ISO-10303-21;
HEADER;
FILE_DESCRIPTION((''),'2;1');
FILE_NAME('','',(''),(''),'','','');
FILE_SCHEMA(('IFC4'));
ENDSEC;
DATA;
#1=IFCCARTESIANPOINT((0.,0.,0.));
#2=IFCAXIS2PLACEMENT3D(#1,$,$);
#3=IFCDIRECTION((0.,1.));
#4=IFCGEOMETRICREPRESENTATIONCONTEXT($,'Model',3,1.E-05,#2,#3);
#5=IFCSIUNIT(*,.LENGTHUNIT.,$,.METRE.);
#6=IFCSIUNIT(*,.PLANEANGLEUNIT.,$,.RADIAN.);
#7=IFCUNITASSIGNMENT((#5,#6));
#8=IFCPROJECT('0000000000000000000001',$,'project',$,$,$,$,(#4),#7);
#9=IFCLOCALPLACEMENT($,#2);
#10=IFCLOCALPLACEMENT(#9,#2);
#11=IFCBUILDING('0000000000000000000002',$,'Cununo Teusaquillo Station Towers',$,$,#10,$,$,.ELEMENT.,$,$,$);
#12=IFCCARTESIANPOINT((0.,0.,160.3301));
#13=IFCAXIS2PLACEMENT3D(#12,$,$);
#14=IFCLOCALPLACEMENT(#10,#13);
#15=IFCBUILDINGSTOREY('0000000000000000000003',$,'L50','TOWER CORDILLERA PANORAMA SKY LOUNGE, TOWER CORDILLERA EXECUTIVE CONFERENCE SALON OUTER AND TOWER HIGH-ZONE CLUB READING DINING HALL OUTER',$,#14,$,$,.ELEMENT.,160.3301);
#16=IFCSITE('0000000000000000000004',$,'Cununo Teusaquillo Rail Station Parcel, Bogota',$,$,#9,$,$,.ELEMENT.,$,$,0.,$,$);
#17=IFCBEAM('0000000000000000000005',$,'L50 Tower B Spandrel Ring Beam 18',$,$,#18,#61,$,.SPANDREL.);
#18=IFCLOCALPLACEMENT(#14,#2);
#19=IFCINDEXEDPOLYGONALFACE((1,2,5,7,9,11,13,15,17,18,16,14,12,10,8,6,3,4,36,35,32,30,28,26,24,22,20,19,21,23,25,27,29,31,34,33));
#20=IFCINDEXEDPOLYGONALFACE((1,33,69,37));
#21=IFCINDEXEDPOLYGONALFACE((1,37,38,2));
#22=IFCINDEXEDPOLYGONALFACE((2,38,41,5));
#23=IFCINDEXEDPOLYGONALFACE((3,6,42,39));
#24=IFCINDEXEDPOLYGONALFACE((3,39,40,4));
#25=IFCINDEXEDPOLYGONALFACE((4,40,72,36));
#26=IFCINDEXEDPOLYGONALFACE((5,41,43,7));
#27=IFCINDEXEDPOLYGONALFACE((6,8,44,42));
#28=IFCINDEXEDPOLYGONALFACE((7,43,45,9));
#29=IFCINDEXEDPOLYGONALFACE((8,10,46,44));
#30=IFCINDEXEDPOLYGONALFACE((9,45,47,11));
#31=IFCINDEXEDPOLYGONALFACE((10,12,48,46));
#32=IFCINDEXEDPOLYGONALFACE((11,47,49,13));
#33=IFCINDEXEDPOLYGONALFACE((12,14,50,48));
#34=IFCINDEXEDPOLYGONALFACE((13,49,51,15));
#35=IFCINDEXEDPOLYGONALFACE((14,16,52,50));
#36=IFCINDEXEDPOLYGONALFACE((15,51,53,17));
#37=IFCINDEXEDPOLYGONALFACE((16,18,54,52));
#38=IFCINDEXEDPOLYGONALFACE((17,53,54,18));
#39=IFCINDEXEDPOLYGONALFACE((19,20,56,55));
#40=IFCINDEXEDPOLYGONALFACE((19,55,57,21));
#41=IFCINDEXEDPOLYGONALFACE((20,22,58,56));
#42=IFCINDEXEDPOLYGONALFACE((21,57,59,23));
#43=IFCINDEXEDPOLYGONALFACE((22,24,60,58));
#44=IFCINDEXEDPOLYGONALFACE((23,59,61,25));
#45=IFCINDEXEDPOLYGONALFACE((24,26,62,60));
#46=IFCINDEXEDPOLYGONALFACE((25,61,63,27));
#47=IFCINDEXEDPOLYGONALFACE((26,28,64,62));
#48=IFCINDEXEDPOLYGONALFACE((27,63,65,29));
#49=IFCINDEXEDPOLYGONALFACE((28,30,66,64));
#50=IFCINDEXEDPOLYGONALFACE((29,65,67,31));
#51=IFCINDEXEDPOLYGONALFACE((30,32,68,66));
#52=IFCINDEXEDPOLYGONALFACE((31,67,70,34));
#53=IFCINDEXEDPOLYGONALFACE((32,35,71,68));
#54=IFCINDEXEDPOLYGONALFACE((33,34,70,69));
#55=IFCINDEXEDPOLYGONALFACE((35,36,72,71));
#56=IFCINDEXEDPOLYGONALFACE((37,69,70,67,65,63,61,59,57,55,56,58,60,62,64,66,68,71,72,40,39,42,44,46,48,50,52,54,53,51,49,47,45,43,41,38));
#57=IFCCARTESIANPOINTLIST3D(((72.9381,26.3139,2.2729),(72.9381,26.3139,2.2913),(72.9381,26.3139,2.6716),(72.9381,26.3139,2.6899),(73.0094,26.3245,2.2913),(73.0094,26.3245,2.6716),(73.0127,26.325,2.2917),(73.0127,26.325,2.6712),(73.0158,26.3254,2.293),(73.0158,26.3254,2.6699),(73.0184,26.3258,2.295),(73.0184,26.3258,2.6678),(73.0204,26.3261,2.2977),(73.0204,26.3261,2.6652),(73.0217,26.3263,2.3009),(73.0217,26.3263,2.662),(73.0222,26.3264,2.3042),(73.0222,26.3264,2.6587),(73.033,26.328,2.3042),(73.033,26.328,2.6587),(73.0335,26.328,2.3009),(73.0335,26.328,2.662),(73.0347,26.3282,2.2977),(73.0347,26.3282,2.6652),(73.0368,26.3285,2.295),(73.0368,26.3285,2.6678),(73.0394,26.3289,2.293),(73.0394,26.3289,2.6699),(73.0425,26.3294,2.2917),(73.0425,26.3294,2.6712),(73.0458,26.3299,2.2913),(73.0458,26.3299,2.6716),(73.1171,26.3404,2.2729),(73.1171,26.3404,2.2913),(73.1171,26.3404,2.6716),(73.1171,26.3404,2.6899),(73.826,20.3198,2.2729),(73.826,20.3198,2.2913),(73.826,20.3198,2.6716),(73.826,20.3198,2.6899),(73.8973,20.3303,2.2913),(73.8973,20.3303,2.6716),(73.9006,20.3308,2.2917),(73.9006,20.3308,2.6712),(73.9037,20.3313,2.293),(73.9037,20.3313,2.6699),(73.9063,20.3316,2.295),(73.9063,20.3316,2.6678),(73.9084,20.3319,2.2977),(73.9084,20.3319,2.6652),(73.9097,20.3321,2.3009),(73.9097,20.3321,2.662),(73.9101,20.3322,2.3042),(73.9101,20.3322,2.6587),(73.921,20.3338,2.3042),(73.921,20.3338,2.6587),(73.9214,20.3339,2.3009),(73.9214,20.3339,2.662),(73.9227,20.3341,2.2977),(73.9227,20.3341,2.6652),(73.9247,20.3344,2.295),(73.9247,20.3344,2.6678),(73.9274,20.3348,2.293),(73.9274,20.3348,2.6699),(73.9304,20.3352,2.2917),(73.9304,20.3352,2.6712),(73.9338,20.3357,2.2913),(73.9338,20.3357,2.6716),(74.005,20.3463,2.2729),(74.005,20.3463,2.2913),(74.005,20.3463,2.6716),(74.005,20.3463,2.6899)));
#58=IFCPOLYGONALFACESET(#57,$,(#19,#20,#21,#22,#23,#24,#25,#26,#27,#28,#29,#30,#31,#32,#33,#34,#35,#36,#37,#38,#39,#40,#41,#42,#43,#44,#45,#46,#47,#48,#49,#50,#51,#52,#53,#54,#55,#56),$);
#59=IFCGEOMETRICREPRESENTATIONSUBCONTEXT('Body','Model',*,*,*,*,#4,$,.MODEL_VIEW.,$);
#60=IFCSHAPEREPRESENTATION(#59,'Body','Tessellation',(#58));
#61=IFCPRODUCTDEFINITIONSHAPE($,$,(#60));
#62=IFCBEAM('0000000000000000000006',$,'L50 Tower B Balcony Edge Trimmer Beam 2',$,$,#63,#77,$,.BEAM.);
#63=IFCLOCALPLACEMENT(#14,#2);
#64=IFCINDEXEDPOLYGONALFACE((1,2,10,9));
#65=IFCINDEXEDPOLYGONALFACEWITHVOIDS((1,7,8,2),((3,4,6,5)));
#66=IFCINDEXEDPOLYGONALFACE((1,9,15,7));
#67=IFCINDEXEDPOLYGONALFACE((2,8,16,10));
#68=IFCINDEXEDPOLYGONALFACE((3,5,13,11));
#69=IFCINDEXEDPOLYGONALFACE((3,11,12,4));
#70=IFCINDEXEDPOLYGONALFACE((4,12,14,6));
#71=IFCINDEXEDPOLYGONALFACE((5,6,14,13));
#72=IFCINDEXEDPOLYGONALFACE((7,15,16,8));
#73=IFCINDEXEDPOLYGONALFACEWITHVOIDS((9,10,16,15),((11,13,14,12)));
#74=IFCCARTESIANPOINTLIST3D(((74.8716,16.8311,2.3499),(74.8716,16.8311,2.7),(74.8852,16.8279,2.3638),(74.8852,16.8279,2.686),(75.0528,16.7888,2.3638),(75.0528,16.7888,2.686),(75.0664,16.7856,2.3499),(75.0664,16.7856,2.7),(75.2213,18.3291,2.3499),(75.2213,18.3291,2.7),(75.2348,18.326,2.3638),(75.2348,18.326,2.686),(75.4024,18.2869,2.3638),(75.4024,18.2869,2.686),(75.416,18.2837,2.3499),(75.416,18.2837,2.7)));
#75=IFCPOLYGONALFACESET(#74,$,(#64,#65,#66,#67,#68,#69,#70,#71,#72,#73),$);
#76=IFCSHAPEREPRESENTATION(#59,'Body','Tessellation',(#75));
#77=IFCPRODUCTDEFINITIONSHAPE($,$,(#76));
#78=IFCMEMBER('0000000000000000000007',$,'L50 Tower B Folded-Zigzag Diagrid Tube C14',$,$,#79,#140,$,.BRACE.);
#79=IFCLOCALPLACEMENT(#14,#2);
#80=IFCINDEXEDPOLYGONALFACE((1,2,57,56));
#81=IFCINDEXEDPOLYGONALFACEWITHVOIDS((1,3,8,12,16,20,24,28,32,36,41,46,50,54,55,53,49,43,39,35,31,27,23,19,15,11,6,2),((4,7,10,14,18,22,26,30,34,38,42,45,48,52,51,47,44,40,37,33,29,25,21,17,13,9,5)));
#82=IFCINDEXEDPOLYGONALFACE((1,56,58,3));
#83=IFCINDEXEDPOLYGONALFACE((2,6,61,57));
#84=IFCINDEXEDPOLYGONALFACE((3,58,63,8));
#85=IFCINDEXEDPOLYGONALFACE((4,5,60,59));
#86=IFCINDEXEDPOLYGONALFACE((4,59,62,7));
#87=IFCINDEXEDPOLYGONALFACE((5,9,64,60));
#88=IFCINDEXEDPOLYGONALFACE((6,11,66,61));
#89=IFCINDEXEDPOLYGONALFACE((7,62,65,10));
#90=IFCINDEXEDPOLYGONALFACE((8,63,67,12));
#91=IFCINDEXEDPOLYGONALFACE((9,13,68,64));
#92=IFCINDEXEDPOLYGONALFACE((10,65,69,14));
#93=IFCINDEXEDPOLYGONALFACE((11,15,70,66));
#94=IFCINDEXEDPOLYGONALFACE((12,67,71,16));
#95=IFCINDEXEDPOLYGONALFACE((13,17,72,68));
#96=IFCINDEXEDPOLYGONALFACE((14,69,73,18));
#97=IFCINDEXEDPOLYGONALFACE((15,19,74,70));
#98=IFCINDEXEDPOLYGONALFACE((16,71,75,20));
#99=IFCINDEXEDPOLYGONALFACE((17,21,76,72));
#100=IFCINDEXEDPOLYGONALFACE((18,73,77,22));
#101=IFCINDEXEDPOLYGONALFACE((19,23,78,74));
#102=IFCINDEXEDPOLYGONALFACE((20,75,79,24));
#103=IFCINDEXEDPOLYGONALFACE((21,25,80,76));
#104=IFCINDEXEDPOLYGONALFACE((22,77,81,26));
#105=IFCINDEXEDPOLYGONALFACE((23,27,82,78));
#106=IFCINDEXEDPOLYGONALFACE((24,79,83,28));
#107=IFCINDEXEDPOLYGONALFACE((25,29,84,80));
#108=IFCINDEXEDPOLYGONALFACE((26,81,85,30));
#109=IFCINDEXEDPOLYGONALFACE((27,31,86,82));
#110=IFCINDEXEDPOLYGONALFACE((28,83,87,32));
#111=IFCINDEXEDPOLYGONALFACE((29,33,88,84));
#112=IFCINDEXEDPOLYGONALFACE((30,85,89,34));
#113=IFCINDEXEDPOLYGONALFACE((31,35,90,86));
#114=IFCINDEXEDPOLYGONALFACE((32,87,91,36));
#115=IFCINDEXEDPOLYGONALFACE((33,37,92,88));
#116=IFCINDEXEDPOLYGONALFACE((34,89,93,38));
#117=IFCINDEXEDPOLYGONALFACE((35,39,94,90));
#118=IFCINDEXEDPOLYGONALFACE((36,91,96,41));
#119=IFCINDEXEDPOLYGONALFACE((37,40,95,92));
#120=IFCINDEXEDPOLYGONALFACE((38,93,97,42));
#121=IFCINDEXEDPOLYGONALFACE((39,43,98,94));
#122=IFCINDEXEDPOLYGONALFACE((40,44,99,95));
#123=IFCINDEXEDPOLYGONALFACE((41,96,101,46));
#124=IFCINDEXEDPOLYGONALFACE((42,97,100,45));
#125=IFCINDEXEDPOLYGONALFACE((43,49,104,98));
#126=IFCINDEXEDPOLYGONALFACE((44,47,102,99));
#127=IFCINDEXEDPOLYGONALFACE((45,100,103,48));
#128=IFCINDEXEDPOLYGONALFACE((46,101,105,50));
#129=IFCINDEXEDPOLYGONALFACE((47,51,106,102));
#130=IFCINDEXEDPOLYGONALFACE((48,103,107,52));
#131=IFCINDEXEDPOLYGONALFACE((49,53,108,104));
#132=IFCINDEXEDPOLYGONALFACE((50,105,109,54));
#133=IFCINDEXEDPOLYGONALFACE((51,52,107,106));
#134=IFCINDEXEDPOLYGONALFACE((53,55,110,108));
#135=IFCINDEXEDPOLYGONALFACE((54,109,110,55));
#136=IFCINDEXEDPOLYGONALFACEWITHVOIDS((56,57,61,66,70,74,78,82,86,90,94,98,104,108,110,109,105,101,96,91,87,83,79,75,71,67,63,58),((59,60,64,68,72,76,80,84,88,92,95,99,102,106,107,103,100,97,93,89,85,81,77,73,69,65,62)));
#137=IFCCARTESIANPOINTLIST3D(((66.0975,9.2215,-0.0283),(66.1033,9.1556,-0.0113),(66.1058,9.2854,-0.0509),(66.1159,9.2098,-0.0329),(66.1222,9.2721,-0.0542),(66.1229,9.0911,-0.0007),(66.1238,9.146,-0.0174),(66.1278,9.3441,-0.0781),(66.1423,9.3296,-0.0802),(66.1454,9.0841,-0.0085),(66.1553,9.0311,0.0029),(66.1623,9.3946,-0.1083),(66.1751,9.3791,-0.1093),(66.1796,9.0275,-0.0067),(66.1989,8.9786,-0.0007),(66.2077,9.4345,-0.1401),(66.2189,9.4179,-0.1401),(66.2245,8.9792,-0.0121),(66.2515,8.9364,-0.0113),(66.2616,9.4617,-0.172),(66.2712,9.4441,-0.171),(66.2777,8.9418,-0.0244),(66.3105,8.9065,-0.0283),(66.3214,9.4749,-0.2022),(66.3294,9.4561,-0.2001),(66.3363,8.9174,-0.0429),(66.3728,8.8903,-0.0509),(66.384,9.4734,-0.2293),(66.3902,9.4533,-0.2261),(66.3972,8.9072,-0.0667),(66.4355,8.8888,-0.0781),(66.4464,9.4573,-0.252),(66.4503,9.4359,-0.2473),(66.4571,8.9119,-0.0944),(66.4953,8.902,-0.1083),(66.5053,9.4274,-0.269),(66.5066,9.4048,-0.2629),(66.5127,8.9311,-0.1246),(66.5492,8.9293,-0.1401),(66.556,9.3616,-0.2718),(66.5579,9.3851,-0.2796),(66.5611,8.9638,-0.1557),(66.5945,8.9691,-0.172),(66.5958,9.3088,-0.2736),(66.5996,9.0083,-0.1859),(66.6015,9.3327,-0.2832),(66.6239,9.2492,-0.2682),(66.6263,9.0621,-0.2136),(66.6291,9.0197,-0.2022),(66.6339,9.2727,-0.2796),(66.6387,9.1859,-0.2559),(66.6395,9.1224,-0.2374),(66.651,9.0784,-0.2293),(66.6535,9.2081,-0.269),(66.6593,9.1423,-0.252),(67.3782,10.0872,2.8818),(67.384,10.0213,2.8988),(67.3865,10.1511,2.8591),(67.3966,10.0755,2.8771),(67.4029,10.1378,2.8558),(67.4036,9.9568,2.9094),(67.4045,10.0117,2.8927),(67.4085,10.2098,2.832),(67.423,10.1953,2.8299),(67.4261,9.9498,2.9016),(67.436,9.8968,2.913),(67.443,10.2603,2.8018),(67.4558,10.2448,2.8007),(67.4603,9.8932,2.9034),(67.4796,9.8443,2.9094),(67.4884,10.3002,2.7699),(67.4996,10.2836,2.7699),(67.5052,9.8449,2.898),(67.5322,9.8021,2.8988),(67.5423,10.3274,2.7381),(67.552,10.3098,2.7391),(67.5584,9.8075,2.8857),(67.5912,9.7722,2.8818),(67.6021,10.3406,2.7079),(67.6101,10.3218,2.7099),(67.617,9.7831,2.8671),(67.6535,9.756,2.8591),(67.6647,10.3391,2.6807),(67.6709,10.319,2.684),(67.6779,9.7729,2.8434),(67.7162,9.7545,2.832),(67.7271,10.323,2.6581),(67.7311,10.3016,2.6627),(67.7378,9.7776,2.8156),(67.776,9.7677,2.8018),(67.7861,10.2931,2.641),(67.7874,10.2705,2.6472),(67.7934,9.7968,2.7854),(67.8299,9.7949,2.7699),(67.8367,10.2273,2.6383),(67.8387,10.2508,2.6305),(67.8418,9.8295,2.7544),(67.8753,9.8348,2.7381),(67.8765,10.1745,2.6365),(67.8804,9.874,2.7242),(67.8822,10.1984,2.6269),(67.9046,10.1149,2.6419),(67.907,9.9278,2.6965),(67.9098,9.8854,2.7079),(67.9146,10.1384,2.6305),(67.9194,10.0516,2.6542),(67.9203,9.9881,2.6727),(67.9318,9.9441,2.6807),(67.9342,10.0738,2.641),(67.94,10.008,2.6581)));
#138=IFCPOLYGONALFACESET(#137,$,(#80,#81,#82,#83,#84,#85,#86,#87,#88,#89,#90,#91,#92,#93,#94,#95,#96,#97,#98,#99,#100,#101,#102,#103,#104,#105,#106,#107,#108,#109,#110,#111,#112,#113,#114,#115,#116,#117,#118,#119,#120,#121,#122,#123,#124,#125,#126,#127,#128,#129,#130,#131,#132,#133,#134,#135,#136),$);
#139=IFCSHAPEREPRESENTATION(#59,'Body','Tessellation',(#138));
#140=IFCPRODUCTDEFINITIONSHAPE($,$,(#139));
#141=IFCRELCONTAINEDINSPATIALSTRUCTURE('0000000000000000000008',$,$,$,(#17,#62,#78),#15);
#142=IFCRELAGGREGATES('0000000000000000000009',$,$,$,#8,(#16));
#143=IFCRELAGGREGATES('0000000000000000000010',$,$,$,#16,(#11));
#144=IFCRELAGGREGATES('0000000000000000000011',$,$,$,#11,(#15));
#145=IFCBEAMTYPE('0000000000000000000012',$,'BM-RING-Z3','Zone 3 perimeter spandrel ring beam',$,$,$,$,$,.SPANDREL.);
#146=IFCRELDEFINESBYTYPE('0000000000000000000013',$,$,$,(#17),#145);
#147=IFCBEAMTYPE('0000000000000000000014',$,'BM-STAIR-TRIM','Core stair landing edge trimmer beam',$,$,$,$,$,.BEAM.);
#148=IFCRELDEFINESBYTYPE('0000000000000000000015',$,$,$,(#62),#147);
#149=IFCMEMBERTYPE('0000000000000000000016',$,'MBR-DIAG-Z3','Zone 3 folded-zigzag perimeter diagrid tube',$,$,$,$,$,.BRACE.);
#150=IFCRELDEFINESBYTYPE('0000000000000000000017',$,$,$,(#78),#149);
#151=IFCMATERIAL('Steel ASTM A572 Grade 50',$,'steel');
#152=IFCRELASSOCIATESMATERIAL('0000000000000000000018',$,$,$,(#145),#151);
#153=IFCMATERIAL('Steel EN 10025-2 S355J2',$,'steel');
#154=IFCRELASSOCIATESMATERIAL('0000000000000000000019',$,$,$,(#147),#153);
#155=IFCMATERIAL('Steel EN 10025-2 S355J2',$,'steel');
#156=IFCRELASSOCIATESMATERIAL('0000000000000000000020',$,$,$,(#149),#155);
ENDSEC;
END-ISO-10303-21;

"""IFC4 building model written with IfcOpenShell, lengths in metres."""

from ifc_helpers import new_model, si_unit, direction, frame, origin, origin_2d, place, context, subcontext, project, spatial, hollow_rectangle, hollow_circle, i_section, extrude, material, material_profile, profile_set, type_object, element, save


model = new_model("IFC4")

# Units and contexts
model_context = context("Model", 3, precision=1e-05, world=origin(), true_north=direction((0.0, 1.0)))
body_context = subcontext(model_context, "Body", "Model", "MODEL_VIEW")
ifc_project = project(units=[si_unit("LENGTHUNIT", "METRE"), si_unit("PLANEANGLEUNIT", "RADIAN")], contexts=[model_context])

# Site, building, storey
site_placement = place(None, origin())
site = spatial("IfcSite", under=ifc_project, at=site_placement, Name="Cununo Teusaquillo Rail Station Parcel, Bogota", CompositionType="ELEMENT", RefElevation=0.0)
building_placement = place(site_placement, origin())
building = spatial("IfcBuilding", under=site, at=building_placement, Name="Cununo Teusaquillo Station Towers", CompositionType="ELEMENT")
storey_placement = place(building_placement, frame((0.0, 0.0, 160.3301)))
storey = spatial("IfcBuildingStorey", under=building, at=storey_placement, Name="L50", Description="TOWER CORDILLERA PANORAMA SKY LOUNGE, TOWER CORDILLERA EXECUTIVE CONFERENCE SALON OUTER AND TOWER HIGH-ZONE CLUB READING DINING HALL OUTER", CompositionType="ELEMENT", Elevation=160.3301)

# Beams
ifc_material_1 = material(Name="Steel ASTM A572 Grade 50", Category="steel")
ifc_material_profile_1 = material_profile(ifc_material_1, i_section(OverallWidth=0.1809, OverallDepth=0.417, WebThickness=0.011, FlangeThickness=0.0183, FilletRadius=0.0129, at=origin_2d()), Name="W16X57")
ifc_profile_set_1 = profile_set([ifc_material_profile_1], Name="Steel ASTM A572 Grade 50")
beam_type_1 = type_object("IfcBeamType", Name="BM-RING-Z3", Description="Zone 3 perimeter spandrel ring beam", PredefinedType="SPANDREL", material=ifc_profile_set_1)
beam_1_placement = place(storey_placement, frame((73.9155, 20.333, 2.4814), z_axis=(-0.146536, 0.989205, 0.0), x_axis=(-0.989205, -0.146536, 0.0)))
element("IfcBeam", 1, at=beam_1_placement, inside=storey, type_object=beam_type_1, Name="L50 Tower B Spandrel Ring Beam 18", PredefinedType="SPANDREL", context=body_context, shape_type="SweptSolid", body=[
    extrude(i_section(OverallWidth=0.1809, OverallDepth=0.417, WebThickness=0.011, FlangeThickness=0.0183, FilletRadius=0.0129, at=origin_2d()), origin(), (0.0, 0.0, 1.0), 6.0596),
])
ifc_material_2 = material(Name="Steel EN 10025-2 S355J2", Category="steel")
ifc_material_profile_2 = material_profile(ifc_material_2, hollow_rectangle(XDim=0.2, YDim=0.3501, WallThickness=0.0139, at=origin_2d()), Name="RHS 350x200x14")
ifc_profile_set_2 = profile_set([ifc_material_profile_2], Name="Steel EN 10025-2 S355J2")
beam_type_2 = type_object("IfcBeamType", Name="BM-STAIR-TRIM", Description="Core stair landing edge trimmer beam", PredefinedType="BEAM", material=ifc_profile_set_2)
beam_2_placement = place(storey_placement, frame((74.969, 16.8083, 2.5249), z_axis=(0.22727, 0.973832, 0.0), x_axis=(-0.973832, 0.22727, 0.0)))
element("IfcBeam", 2, at=beam_2_placement, inside=storey, type_object=beam_type_2, Name="L50 Tower B Balcony Edge Trimmer Beam 2", PredefinedType="BEAM", context=body_context, shape_type="SweptSolid", body=[
    extrude(hollow_rectangle(XDim=0.2, YDim=0.3501, WallThickness=0.0139, at=origin_2d()), origin(), (0.0, 0.0, 1.0), 1.5383),
])

# Member
ifc_material_3 = material(Name="Steel EN 10025-2 S355J2", Category="steel")
ifc_material_profile_3 = material_profile(ifc_material_3, hollow_circle(Radius=0.3049, WallThickness=0.02, at=origin_2d()), Name="CHS 610x20")
ifc_profile_set_3 = profile_set([ifc_material_profile_3], Name="Steel EN 10025-2 S355J2")
member_type = type_object("IfcMemberType", Name="MBR-DIAG-Z3", Description="Zone 3 folded-zigzag perimeter diagrid tube", PredefinedType="BRACE", material=ifc_profile_set_3)
member_1_placement = place(storey_placement, frame((66.3784, 9.1819, -0.1401), z_axis=(0.388666, 0.262716, 0.88313), x_axis=(-0.56001, 0.828486, 0.0)))
element("IfcMember", 3, at=member_1_placement, inside=storey, type_object=member_type, Name="L50 Tower B Folded-Zigzag Diagrid Tube C14", PredefinedType="BRACE", context=body_context, shape_type="SweptSolid", body=[
    extrude(hollow_circle(Radius=0.3049, WallThickness=0.02, at=origin_2d()), origin(), (0.0, 0.0, 1.0), 3.2952),
])

save(model, "model.ifc")
